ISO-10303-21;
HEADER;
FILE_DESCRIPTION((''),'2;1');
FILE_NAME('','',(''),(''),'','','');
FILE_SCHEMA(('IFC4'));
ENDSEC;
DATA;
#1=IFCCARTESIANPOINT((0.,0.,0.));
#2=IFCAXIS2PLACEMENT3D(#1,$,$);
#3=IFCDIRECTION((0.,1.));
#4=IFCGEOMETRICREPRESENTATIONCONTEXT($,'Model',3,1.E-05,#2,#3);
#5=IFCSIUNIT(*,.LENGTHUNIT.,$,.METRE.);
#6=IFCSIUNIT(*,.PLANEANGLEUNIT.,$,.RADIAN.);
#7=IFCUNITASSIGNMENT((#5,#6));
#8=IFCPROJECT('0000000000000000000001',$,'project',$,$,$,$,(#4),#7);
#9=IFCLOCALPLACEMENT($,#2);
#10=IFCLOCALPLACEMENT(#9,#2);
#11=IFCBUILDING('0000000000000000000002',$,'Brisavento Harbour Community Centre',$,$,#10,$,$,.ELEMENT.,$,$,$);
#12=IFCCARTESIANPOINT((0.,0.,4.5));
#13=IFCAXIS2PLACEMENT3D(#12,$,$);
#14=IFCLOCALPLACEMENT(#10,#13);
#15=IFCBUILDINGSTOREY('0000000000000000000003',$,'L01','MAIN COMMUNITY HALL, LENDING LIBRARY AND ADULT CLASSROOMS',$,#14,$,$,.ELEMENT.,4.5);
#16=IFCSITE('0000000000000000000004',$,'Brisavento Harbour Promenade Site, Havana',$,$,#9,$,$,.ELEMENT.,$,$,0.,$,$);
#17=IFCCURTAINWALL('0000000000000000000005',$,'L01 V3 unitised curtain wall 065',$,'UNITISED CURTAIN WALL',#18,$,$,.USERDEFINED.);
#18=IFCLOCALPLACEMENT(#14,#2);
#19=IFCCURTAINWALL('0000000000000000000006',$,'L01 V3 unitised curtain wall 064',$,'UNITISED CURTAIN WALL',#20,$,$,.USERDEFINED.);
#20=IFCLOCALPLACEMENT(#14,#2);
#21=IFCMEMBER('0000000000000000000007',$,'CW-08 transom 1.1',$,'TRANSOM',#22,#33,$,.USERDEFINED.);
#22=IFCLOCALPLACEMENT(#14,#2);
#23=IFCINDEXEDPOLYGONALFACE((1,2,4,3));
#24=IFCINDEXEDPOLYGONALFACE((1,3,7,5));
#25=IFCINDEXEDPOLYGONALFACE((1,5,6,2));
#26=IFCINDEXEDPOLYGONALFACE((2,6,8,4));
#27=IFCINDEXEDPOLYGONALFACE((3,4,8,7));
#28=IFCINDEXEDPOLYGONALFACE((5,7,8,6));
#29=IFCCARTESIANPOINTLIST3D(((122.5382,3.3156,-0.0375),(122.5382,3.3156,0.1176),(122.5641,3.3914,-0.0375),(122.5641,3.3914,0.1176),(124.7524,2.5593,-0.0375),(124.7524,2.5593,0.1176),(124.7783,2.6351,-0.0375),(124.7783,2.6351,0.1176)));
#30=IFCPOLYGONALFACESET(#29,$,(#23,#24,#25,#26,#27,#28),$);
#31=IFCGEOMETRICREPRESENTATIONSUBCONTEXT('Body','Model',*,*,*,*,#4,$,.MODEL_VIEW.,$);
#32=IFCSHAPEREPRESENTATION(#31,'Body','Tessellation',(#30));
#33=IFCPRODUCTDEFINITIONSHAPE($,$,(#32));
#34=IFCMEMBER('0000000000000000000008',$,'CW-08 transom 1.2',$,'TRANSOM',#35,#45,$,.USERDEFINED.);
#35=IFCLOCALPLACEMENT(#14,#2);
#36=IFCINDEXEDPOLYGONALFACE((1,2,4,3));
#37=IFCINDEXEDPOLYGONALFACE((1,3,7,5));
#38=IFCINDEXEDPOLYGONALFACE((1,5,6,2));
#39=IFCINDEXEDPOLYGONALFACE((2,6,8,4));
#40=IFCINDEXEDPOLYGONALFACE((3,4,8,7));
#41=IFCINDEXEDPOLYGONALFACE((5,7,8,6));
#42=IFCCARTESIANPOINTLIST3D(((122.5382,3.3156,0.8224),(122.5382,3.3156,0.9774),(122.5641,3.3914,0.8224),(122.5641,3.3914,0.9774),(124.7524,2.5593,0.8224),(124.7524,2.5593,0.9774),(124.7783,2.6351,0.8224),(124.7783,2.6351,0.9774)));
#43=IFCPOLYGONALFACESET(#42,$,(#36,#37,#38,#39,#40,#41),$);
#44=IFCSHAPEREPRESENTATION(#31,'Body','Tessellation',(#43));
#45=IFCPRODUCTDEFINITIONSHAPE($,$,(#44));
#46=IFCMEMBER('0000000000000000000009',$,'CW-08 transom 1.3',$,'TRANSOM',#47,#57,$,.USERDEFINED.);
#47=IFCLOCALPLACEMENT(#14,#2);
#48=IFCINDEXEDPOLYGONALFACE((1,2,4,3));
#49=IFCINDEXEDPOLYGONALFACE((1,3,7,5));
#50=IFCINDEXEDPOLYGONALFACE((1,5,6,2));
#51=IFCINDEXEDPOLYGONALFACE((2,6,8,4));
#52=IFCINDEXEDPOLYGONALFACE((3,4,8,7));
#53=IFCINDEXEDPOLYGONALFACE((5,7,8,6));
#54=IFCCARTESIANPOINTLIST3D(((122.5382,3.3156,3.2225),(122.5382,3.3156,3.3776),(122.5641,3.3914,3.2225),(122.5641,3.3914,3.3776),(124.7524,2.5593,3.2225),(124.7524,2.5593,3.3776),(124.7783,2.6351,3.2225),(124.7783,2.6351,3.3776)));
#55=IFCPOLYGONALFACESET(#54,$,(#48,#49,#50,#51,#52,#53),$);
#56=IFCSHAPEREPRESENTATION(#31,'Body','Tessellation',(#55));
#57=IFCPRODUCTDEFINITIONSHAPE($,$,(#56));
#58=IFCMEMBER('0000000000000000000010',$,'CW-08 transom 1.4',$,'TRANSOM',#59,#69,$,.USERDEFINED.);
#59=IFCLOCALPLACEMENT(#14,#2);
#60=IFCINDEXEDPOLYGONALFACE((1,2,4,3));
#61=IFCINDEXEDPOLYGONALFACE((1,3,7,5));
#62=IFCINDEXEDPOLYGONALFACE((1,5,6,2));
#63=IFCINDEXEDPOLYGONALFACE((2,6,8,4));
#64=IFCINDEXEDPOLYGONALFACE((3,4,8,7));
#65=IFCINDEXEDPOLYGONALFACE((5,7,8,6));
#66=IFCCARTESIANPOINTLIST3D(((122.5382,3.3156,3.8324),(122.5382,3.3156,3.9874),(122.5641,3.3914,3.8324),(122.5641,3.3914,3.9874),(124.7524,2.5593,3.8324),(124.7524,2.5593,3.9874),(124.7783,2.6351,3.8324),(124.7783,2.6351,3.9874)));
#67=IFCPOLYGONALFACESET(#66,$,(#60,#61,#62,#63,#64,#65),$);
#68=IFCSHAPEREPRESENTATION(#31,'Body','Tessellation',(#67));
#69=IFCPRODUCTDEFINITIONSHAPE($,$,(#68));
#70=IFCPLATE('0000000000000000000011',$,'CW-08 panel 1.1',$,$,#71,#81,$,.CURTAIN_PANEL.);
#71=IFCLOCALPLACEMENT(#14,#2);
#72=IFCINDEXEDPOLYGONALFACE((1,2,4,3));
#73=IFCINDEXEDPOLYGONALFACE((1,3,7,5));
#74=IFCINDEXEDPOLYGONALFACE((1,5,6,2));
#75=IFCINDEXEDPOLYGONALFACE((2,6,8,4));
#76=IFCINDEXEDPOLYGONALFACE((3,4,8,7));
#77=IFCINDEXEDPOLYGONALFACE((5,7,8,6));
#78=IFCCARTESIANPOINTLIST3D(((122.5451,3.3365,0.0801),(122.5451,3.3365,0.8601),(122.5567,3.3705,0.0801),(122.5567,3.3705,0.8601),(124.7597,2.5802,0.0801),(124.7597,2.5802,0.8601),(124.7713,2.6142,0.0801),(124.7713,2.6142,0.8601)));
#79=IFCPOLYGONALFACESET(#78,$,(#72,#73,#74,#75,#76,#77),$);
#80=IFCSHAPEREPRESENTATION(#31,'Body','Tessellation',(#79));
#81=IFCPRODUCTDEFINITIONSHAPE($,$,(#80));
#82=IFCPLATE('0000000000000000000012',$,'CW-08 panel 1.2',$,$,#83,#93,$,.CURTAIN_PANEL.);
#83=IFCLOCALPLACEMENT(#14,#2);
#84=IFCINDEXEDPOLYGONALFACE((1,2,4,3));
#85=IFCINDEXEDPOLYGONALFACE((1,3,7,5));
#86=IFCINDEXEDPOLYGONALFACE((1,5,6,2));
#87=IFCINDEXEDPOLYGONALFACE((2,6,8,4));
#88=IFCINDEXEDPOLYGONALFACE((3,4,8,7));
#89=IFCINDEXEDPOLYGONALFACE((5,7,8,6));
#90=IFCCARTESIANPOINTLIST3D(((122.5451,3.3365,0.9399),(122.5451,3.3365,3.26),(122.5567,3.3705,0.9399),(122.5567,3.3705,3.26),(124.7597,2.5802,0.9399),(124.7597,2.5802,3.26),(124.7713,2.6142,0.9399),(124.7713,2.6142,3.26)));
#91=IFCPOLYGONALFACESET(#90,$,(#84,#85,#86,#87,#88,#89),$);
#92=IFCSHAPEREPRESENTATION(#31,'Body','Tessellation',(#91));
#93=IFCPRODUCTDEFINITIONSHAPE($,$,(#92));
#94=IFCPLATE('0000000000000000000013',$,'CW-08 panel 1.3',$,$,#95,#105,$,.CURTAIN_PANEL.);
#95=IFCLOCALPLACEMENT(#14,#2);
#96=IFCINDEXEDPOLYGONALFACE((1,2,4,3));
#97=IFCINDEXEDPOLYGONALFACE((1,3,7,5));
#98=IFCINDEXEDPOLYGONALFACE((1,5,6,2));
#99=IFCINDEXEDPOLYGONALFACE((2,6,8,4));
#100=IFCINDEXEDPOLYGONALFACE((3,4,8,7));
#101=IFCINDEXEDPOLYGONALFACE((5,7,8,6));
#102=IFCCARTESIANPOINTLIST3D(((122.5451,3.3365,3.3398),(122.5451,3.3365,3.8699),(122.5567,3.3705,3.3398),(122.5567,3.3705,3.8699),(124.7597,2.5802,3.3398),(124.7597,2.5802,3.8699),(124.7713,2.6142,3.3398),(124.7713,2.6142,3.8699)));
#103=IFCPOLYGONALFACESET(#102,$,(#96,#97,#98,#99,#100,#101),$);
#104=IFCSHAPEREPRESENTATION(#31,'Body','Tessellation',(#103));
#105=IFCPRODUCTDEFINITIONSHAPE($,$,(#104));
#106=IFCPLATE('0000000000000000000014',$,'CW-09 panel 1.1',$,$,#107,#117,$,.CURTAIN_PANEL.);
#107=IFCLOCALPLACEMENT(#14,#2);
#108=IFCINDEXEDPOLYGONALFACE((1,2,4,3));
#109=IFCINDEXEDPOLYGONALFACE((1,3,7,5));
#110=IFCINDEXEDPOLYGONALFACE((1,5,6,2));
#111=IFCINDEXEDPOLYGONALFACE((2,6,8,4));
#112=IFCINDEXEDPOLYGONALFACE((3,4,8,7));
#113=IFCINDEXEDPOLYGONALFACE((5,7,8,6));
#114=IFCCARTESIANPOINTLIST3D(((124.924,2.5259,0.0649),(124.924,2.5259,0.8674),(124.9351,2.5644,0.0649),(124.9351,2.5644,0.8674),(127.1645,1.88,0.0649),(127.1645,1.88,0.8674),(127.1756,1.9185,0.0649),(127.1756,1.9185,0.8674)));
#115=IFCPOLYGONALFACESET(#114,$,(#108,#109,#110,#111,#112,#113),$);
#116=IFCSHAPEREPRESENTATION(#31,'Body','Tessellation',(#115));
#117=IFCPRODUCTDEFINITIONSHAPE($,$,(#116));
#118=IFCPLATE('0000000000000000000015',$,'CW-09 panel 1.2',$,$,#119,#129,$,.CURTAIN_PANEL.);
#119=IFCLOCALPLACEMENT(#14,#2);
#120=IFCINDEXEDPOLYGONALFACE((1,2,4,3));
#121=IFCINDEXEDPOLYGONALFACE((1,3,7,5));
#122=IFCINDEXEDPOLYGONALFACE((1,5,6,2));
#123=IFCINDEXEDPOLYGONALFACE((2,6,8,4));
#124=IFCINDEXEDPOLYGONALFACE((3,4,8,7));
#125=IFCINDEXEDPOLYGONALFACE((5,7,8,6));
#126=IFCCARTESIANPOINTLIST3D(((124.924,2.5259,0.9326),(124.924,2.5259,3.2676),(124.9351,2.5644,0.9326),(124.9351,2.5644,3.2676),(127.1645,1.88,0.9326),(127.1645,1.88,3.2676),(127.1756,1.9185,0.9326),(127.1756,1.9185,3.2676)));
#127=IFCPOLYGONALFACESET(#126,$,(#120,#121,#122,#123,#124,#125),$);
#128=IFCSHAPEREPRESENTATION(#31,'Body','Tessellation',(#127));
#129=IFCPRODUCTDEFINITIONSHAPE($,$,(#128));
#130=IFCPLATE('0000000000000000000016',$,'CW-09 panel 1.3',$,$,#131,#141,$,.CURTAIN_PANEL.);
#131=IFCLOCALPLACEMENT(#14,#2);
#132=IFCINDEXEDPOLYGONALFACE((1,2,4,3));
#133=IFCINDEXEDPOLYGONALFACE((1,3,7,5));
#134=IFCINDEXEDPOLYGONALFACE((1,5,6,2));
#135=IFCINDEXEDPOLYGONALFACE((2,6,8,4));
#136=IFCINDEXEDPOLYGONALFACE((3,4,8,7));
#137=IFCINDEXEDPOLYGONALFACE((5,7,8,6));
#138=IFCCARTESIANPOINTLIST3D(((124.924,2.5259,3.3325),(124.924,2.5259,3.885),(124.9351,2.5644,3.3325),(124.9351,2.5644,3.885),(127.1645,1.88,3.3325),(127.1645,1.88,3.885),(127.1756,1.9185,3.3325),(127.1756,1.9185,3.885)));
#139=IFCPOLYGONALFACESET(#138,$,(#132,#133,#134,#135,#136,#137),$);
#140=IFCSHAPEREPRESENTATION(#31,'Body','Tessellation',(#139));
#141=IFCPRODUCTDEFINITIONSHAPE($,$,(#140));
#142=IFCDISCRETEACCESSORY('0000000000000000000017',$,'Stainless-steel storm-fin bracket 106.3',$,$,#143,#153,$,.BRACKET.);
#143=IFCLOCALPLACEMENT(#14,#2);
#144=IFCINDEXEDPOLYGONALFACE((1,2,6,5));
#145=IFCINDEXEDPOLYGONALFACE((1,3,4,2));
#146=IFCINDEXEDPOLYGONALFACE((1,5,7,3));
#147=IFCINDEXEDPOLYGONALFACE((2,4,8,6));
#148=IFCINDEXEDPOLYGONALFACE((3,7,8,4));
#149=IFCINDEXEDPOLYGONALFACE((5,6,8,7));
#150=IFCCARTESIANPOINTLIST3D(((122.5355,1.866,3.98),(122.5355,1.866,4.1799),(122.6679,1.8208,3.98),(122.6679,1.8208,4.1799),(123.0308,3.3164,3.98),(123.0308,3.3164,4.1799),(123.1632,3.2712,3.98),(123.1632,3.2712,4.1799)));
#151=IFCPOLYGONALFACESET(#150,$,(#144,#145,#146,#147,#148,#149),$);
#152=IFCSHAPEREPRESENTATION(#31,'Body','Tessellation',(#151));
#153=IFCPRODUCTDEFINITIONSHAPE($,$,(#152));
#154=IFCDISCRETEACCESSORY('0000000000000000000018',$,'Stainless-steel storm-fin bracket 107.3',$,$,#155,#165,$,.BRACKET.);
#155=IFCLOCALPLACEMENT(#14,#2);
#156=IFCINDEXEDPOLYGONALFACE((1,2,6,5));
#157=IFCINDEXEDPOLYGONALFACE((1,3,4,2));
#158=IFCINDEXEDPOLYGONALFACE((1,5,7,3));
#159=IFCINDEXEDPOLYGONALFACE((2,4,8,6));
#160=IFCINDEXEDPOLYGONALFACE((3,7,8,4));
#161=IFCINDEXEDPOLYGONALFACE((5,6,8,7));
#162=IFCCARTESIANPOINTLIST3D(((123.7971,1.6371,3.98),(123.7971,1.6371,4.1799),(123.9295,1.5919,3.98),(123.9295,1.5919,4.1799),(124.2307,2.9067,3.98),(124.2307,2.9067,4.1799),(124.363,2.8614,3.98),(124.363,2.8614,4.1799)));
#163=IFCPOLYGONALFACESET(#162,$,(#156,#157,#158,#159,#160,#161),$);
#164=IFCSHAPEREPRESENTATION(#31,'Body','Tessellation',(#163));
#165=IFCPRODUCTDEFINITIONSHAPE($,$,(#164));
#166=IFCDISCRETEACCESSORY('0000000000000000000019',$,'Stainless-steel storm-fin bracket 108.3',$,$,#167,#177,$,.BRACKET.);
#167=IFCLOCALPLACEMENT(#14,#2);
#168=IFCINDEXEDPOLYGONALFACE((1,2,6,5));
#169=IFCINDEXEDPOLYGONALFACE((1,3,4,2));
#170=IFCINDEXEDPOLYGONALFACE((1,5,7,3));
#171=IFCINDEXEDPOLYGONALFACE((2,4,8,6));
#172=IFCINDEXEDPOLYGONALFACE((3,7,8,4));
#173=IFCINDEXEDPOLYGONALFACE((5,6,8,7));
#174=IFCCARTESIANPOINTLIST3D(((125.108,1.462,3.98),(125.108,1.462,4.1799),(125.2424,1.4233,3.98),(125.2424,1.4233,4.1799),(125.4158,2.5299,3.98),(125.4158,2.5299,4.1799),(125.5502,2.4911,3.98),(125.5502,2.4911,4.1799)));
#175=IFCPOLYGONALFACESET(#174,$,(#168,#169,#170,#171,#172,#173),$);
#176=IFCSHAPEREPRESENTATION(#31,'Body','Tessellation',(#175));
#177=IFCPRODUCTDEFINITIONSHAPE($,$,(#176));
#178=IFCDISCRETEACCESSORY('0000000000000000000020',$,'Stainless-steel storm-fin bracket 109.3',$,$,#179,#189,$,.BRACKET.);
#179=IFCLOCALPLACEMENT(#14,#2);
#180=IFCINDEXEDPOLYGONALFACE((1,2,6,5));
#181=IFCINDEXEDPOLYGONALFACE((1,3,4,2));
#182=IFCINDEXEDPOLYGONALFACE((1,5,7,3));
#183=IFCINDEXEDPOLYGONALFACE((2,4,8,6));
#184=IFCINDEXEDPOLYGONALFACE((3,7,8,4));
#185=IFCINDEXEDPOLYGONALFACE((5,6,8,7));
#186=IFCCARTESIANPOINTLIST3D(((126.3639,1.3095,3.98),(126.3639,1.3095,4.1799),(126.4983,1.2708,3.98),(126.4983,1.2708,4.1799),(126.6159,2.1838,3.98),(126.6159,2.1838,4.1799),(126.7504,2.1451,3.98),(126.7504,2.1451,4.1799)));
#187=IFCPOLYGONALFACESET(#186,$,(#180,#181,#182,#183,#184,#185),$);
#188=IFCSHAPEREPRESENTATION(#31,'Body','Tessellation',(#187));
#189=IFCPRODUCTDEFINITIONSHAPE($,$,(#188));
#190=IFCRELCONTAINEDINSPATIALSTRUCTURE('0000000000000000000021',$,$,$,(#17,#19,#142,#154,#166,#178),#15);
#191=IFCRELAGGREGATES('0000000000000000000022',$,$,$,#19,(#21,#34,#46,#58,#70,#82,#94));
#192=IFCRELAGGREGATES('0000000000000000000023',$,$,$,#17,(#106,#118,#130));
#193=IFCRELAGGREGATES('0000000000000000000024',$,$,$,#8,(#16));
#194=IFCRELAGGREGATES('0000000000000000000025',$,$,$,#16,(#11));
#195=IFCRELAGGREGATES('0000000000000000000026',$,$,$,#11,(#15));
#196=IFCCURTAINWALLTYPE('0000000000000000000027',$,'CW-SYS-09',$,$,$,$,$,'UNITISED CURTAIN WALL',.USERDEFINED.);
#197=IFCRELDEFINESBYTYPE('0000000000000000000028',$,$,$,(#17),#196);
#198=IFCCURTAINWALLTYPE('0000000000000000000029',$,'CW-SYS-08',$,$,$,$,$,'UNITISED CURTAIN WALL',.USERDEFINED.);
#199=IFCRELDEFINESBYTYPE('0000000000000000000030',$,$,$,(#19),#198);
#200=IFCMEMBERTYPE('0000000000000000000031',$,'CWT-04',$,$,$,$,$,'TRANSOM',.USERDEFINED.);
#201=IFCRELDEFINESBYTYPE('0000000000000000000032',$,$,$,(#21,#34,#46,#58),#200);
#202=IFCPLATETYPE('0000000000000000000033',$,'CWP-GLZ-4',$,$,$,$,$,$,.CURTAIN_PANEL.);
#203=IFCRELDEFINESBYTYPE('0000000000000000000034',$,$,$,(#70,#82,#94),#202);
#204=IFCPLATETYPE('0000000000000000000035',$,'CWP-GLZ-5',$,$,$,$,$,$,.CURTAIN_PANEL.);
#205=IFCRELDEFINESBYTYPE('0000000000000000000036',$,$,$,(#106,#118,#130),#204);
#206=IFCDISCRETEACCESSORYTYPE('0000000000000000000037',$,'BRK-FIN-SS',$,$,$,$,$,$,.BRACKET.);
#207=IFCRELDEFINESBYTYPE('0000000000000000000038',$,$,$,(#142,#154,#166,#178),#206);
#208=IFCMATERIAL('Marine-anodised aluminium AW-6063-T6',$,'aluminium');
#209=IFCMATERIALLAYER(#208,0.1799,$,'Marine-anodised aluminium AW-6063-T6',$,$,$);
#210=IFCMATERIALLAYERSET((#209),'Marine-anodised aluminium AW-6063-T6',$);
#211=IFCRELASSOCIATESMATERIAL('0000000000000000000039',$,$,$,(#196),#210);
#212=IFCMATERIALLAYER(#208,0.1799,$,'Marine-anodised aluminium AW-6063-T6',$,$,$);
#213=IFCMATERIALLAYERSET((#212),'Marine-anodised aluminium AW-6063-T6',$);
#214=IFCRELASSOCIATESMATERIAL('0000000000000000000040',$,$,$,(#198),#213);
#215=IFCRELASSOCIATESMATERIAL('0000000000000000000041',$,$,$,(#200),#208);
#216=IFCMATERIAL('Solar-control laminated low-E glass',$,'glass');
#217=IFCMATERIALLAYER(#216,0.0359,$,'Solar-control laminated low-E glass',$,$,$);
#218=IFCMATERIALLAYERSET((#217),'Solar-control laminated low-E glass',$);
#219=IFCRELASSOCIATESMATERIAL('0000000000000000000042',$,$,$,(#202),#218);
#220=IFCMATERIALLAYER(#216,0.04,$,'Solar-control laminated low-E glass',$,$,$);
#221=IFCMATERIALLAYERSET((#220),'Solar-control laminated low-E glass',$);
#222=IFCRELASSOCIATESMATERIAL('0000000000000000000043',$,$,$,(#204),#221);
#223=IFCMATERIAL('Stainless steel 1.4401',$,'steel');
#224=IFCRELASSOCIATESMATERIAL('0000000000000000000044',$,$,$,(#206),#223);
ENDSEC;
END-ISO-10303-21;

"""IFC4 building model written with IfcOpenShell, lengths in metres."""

from ifc_helpers import new_model, si_unit, direction, frame, origin, origin_2d, place, context, subcontext, project, spatial, rectangle, extrude, material, layer, layer_set, material_profile, profile_set, type_object, element, aggregate, save


model = new_model("IFC4")

# Units and contexts
model_context = context("Model", 3, precision=1e-05, world=origin(), true_north=direction((0.0, 1.0)))
body_context = subcontext(model_context, "Body", "Model", "MODEL_VIEW")
ifc_project = project(units=[si_unit("LENGTHUNIT", "METRE"), si_unit("PLANEANGLEUNIT", "RADIAN")], contexts=[model_context])

# Site, building, storey
site_placement = place(None, origin())
site = spatial("IfcSite", under=ifc_project, at=site_placement, Name="Brisavento Harbour Promenade Site, Havana", CompositionType="ELEMENT", RefElevation=0.0)
building_placement = place(site_placement, origin())
building = spatial("IfcBuilding", under=site, at=building_placement, Name="Brisavento Harbour Community Centre", CompositionType="ELEMENT")
storey_placement = place(building_placement, frame((0.0, 0.0, 4.5)))
storey = spatial("IfcBuildingStorey", under=building, at=storey_placement, Name="L01", Description="MAIN COMMUNITY HALL, LENDING LIBRARY AND ADULT CLASSROOMS", CompositionType="ELEMENT", Elevation=4.5)

# Curtain wall
ifc_material_1 = material(Name="Marine-anodised aluminium AW-6063-T6", Category="aluminium")
ifc_layer_1 = layer(ifc_material_1, 0.1799, Name="Marine-anodised aluminium AW-6063-T6")
ifc_layer_set_1 = layer_set([ifc_layer_1], Name="Marine-anodised aluminium AW-6063-T6")
curtain_wall_type_1 = type_object("IfcCurtainWallType", Name="CW-SYS-09", ElementType="UNITISED CURTAIN WALL", PredefinedType="USERDEFINED", material=ifc_layer_set_1)
curtain_wall_1_placement = place(storey_placement, origin())
curtain_wall_1 = element("IfcCurtainWall", 1, at=curtain_wall_1_placement, inside=storey, type_object=curtain_wall_type_1, Name="L01 V3 unitised curtain wall 065", ObjectType="UNITISED CURTAIN WALL", PredefinedType="USERDEFINED")

# Curtain wall
ifc_layer_2 = layer(ifc_material_1, 0.1799, Name="Marine-anodised aluminium AW-6063-T6")
ifc_layer_set_2 = layer_set([ifc_layer_2], Name="Marine-anodised aluminium AW-6063-T6")
curtain_wall_type_2 = type_object("IfcCurtainWallType", Name="CW-SYS-08", ElementType="UNITISED CURTAIN WALL", PredefinedType="USERDEFINED", material=ifc_layer_set_2)
curtain_wall_2_placement = place(storey_placement, origin())
curtain_wall_2 = element("IfcCurtainWall", 2, at=curtain_wall_2_placement, inside=storey, type_object=curtain_wall_type_2, Name="L01 V3 unitised curtain wall 064", ObjectType="UNITISED CURTAIN WALL", PredefinedType="USERDEFINED")

# Members
ifc_material_profile_1 = material_profile(ifc_material_1, rectangle(XDim=0.0801, YDim=0.155, at=origin_2d()), Name="Marine-anodised aluminium AW-6063-T6")
ifc_profile_set_1 = profile_set([ifc_material_profile_1], Name="Marine-anodised aluminium AW-6063-T6")
member_type_1 = type_object("IfcMemberType", Name="CWT-04", ElementType="TRANSOM", PredefinedType="USERDEFINED", material=ifc_profile_set_1)
member_1_placement = place(storey_placement, frame((124.7654, 2.5972, 0.04), z_axis=(-0.94632, 0.32323, 0.0), x_axis=(-0.32323, -0.94632, 0.0)))
member_1 = element("IfcMember", 3, at=member_1_placement, type_object=member_type_1, Name="CW-08 transom 1.1", ObjectType="TRANSOM", PredefinedType="USERDEFINED", context=body_context, shape_type="SweptSolid", body=[
    extrude(rectangle(XDim=0.0801, YDim=0.155, at=origin_2d()), origin(), (0.0, 0.0, 1.0), 2.3398),
])
member_2_placement = place(storey_placement, frame((124.7654, 2.5972, 0.8999), z_axis=(-0.94632, 0.32323, 0.0), x_axis=(-0.32323, -0.94632, 0.0)))
member_2 = element("IfcMember", 4, at=member_2_placement, type_object=member_type_1, Name="CW-08 transom 1.2", ObjectType="TRANSOM", PredefinedType="USERDEFINED", context=body_context, shape_type="SweptSolid", body=[
    extrude(rectangle(XDim=0.0801, YDim=0.155, at=origin_2d()), origin(), (0.0, 0.0, 1.0), 2.3398),
])
member_3_placement = place(storey_placement, frame((124.7654, 2.5972, 3.3), z_axis=(-0.94632, 0.32323, 0.0), x_axis=(-0.32323, -0.94632, 0.0)))
member_3 = element("IfcMember", 5, at=member_3_placement, type_object=member_type_1, Name="CW-08 transom 1.3", ObjectType="TRANSOM", PredefinedType="USERDEFINED", context=body_context, shape_type="SweptSolid", body=[
    extrude(rectangle(XDim=0.0801, YDim=0.155, at=origin_2d()), origin(), (0.0, 0.0, 1.0), 2.3398),
])
member_4_placement = place(storey_placement, frame((124.7654, 2.5972, 3.9099), z_axis=(-0.94632, 0.32323, 0.0), x_axis=(-0.32323, -0.94632, 0.0)))
member_4 = element("IfcMember", 6, at=member_4_placement, type_object=member_type_1, Name="CW-08 transom 1.4", ObjectType="TRANSOM", PredefinedType="USERDEFINED", context=body_context, shape_type="SweptSolid", body=[
    extrude(rectangle(XDim=0.0801, YDim=0.155, at=origin_2d()), origin(), (0.0, 0.0, 1.0), 2.3398),
])

# Plates
ifc_material_2 = material(Name="Solar-control laminated low-E glass", Category="glass")
ifc_layer_3 = layer(ifc_material_2, 0.0359, Name="Solar-control laminated low-E glass")
ifc_layer_set_3 = layer_set([ifc_layer_3], Name="Solar-control laminated low-E glass")
plate_type_1 = type_object("IfcPlateType", Name="CWP-GLZ-4", PredefinedType="CURTAIN_PANEL", material=ifc_layer_set_3)
plate_1_placement = place(storey_placement, frame((123.6582, 2.9753, 0.0801), z_axis=(0.0, 0.0, 1.0), x_axis=(-0.946338, 0.323179, 0.0)))
plate_1 = element("IfcPlate", 7, at=plate_1_placement, type_object=plate_type_1, Name="CW-08 panel 1.1", PredefinedType="CURTAIN_PANEL", context=body_context, shape_type="SweptSolid", body=[
    extrude(rectangle(XDim=2.3401, YDim=0.0359, at=origin_2d()), origin(), (0.0, 0.0, 1.0), 0.78),
])
plate_2_placement = place(storey_placement, frame((123.6582, 2.9753, 0.9399), z_axis=(0.0, 0.0, 1.0), x_axis=(-0.946338, 0.323179, 0.0)))
plate_2 = element("IfcPlate", 8, at=plate_2_placement, type_object=plate_type_1, Name="CW-08 panel 1.2", PredefinedType="CURTAIN_PANEL", context=body_context, shape_type="SweptSolid", body=[
    extrude(rectangle(XDim=2.3401, YDim=0.0359, at=origin_2d()), origin(), (0.0, 0.0, 1.0), 2.3201),
])
plate_3_placement = place(storey_placement, frame((123.6582, 2.9753, 3.3398), z_axis=(0.0, 0.0, 1.0), x_axis=(-0.946338, 0.323179, 0.0)))
plate_3 = element("IfcPlate", 9, at=plate_3_placement, type_object=plate_type_1, Name="CW-08 panel 1.3", PredefinedType="CURTAIN_PANEL", context=body_context, shape_type="SweptSolid", body=[
    extrude(rectangle(XDim=2.3401, YDim=0.0359, at=origin_2d()), origin(), (0.0, 0.0, 1.0), 0.53),
])
aggregate(curtain_wall_2, [member_1, member_2, member_3, member_4, plate_1, plate_2, plate_3])
ifc_layer_4 = layer(ifc_material_2, 0.04, Name="Solar-control laminated low-E glass")
ifc_layer_set_4 = layer_set([ifc_layer_4], Name="Solar-control laminated low-E glass")
plate_type_2 = type_object("IfcPlateType", Name="CWP-GLZ-5", PredefinedType="CURTAIN_PANEL", material=ifc_layer_set_4)
plate_4_placement = place(storey_placement, frame((126.0498, 2.2222, 0.0649), z_axis=(0.0, 0.0, 1.0), x_axis=(-0.96087, 0.277001, 0.0)))
plate_4 = element("IfcPlate", 10, at=plate_4_placement, type_object=plate_type_2, Name="CW-09 panel 1.1", PredefinedType="CURTAIN_PANEL", context=body_context, shape_type="SweptSolid", body=[
    extrude(rectangle(XDim=2.3318, YDim=0.04, at=origin_2d()), origin(), (0.0, 0.0, 1.0), 0.8025),
])
plate_5_placement = place(storey_placement, frame((126.0498, 2.2222, 0.9326), z_axis=(0.0, 0.0, 1.0), x_axis=(-0.96087, 0.277001, 0.0)))
plate_5 = element("IfcPlate", 11, at=plate_5_placement, type_object=plate_type_2, Name="CW-09 panel 1.2", PredefinedType="CURTAIN_PANEL", context=body_context, shape_type="SweptSolid", body=[
    extrude(rectangle(XDim=2.3318, YDim=0.04, at=origin_2d()), origin(), (0.0, 0.0, 1.0), 2.335),
])
plate_6_placement = place(storey_placement, frame((126.0498, 2.2222, 3.3325), z_axis=(0.0, 0.0, 1.0), x_axis=(-0.96087, 0.277001, 0.0)))
plate_6 = element("IfcPlate", 12, at=plate_6_placement, type_object=plate_type_2, Name="CW-09 panel 1.3", PredefinedType="CURTAIN_PANEL", context=body_context, shape_type="SweptSolid", body=[
    extrude(rectangle(XDim=2.3318, YDim=0.04, at=origin_2d()), origin(), (0.0, 0.0, 1.0), 0.5525),
])
aggregate(curtain_wall_1, [plate_4, plate_5, plate_6])

# Discrete accessories
ifc_material_3 = material(Name="Stainless steel 1.4401", Category="steel")
discrete_accessory_type = type_object("IfcDiscreteAccessoryType", Name="BRK-FIN-SS", PredefinedType="BRACKET", material=ifc_material_3)
discrete_accessory_1_placement = place(storey_placement, frame((122.8494, 2.5686, 3.98), z_axis=(0.0, 0.0, 1.0), x_axis=(-0.323174, -0.946339, 0.0)))
element("IfcDiscreteAccessory", 13, at=discrete_accessory_1_placement, inside=storey, type_object=discrete_accessory_type, Name="Stainless-steel storm-fin bracket 106.3", PredefinedType="BRACKET", context=body_context, shape_type="SweptSolid", body=[
    extrude(rectangle(XDim=1.5327, YDim=0.1399, at=origin_2d()), origin(), (0.0, 0.0, 1.0), 0.2),
])
discrete_accessory_2_placement = place(storey_placement, frame((124.0801, 2.2493, 3.98), z_axis=(0.0, 0.0, 1.0), x_axis=(-0.323174, -0.946339, 0.0)))
element("IfcDiscreteAccessory", 14, at=discrete_accessory_2_placement, inside=storey, type_object=discrete_accessory_type, Name="Stainless-steel storm-fin bracket 107.3", PredefinedType="BRACKET", context=body_context, shape_type="SweptSolid", body=[
    extrude(rectangle(XDim=1.3416, YDim=0.1399, at=origin_2d()), origin(), (0.0, 0.0, 1.0), 0.2),
])
discrete_accessory_3_placement = place(storey_placement, frame((125.3291, 1.9766, 3.98), z_axis=(0.0, 0.0, 1.0), x_axis=(-0.276996, -0.960871, 0.0)))
element("IfcDiscreteAccessory", 15, at=discrete_accessory_3_placement, inside=storey, type_object=discrete_accessory_type, Name="Stainless-steel storm-fin bracket 108.3", PredefinedType="BRACKET", context=body_context, shape_type="SweptSolid", body=[
    extrude(rectangle(XDim=1.1113, YDim=0.1399, at=origin_2d()), origin(), (0.0, 0.0, 1.0), 0.2),
])
discrete_accessory_4_placement = place(storey_placement, frame((126.5571, 1.7273, 3.98), z_axis=(0.0, 0.0, 1.0), x_axis=(-0.276996, -0.960871, 0.0)))
element("IfcDiscreteAccessory", 16, at=discrete_accessory_4_placement, inside=storey, type_object=discrete_accessory_type, Name="Stainless-steel storm-fin bracket 109.3", PredefinedType="BRACKET", context=body_context, shape_type="SweptSolid", body=[
    extrude(rectangle(XDim=0.9099, YDim=0.1399, at=origin_2d()), origin(), (0.0, 0.0, 1.0), 0.2),
])

save(model, "model.ifc")
